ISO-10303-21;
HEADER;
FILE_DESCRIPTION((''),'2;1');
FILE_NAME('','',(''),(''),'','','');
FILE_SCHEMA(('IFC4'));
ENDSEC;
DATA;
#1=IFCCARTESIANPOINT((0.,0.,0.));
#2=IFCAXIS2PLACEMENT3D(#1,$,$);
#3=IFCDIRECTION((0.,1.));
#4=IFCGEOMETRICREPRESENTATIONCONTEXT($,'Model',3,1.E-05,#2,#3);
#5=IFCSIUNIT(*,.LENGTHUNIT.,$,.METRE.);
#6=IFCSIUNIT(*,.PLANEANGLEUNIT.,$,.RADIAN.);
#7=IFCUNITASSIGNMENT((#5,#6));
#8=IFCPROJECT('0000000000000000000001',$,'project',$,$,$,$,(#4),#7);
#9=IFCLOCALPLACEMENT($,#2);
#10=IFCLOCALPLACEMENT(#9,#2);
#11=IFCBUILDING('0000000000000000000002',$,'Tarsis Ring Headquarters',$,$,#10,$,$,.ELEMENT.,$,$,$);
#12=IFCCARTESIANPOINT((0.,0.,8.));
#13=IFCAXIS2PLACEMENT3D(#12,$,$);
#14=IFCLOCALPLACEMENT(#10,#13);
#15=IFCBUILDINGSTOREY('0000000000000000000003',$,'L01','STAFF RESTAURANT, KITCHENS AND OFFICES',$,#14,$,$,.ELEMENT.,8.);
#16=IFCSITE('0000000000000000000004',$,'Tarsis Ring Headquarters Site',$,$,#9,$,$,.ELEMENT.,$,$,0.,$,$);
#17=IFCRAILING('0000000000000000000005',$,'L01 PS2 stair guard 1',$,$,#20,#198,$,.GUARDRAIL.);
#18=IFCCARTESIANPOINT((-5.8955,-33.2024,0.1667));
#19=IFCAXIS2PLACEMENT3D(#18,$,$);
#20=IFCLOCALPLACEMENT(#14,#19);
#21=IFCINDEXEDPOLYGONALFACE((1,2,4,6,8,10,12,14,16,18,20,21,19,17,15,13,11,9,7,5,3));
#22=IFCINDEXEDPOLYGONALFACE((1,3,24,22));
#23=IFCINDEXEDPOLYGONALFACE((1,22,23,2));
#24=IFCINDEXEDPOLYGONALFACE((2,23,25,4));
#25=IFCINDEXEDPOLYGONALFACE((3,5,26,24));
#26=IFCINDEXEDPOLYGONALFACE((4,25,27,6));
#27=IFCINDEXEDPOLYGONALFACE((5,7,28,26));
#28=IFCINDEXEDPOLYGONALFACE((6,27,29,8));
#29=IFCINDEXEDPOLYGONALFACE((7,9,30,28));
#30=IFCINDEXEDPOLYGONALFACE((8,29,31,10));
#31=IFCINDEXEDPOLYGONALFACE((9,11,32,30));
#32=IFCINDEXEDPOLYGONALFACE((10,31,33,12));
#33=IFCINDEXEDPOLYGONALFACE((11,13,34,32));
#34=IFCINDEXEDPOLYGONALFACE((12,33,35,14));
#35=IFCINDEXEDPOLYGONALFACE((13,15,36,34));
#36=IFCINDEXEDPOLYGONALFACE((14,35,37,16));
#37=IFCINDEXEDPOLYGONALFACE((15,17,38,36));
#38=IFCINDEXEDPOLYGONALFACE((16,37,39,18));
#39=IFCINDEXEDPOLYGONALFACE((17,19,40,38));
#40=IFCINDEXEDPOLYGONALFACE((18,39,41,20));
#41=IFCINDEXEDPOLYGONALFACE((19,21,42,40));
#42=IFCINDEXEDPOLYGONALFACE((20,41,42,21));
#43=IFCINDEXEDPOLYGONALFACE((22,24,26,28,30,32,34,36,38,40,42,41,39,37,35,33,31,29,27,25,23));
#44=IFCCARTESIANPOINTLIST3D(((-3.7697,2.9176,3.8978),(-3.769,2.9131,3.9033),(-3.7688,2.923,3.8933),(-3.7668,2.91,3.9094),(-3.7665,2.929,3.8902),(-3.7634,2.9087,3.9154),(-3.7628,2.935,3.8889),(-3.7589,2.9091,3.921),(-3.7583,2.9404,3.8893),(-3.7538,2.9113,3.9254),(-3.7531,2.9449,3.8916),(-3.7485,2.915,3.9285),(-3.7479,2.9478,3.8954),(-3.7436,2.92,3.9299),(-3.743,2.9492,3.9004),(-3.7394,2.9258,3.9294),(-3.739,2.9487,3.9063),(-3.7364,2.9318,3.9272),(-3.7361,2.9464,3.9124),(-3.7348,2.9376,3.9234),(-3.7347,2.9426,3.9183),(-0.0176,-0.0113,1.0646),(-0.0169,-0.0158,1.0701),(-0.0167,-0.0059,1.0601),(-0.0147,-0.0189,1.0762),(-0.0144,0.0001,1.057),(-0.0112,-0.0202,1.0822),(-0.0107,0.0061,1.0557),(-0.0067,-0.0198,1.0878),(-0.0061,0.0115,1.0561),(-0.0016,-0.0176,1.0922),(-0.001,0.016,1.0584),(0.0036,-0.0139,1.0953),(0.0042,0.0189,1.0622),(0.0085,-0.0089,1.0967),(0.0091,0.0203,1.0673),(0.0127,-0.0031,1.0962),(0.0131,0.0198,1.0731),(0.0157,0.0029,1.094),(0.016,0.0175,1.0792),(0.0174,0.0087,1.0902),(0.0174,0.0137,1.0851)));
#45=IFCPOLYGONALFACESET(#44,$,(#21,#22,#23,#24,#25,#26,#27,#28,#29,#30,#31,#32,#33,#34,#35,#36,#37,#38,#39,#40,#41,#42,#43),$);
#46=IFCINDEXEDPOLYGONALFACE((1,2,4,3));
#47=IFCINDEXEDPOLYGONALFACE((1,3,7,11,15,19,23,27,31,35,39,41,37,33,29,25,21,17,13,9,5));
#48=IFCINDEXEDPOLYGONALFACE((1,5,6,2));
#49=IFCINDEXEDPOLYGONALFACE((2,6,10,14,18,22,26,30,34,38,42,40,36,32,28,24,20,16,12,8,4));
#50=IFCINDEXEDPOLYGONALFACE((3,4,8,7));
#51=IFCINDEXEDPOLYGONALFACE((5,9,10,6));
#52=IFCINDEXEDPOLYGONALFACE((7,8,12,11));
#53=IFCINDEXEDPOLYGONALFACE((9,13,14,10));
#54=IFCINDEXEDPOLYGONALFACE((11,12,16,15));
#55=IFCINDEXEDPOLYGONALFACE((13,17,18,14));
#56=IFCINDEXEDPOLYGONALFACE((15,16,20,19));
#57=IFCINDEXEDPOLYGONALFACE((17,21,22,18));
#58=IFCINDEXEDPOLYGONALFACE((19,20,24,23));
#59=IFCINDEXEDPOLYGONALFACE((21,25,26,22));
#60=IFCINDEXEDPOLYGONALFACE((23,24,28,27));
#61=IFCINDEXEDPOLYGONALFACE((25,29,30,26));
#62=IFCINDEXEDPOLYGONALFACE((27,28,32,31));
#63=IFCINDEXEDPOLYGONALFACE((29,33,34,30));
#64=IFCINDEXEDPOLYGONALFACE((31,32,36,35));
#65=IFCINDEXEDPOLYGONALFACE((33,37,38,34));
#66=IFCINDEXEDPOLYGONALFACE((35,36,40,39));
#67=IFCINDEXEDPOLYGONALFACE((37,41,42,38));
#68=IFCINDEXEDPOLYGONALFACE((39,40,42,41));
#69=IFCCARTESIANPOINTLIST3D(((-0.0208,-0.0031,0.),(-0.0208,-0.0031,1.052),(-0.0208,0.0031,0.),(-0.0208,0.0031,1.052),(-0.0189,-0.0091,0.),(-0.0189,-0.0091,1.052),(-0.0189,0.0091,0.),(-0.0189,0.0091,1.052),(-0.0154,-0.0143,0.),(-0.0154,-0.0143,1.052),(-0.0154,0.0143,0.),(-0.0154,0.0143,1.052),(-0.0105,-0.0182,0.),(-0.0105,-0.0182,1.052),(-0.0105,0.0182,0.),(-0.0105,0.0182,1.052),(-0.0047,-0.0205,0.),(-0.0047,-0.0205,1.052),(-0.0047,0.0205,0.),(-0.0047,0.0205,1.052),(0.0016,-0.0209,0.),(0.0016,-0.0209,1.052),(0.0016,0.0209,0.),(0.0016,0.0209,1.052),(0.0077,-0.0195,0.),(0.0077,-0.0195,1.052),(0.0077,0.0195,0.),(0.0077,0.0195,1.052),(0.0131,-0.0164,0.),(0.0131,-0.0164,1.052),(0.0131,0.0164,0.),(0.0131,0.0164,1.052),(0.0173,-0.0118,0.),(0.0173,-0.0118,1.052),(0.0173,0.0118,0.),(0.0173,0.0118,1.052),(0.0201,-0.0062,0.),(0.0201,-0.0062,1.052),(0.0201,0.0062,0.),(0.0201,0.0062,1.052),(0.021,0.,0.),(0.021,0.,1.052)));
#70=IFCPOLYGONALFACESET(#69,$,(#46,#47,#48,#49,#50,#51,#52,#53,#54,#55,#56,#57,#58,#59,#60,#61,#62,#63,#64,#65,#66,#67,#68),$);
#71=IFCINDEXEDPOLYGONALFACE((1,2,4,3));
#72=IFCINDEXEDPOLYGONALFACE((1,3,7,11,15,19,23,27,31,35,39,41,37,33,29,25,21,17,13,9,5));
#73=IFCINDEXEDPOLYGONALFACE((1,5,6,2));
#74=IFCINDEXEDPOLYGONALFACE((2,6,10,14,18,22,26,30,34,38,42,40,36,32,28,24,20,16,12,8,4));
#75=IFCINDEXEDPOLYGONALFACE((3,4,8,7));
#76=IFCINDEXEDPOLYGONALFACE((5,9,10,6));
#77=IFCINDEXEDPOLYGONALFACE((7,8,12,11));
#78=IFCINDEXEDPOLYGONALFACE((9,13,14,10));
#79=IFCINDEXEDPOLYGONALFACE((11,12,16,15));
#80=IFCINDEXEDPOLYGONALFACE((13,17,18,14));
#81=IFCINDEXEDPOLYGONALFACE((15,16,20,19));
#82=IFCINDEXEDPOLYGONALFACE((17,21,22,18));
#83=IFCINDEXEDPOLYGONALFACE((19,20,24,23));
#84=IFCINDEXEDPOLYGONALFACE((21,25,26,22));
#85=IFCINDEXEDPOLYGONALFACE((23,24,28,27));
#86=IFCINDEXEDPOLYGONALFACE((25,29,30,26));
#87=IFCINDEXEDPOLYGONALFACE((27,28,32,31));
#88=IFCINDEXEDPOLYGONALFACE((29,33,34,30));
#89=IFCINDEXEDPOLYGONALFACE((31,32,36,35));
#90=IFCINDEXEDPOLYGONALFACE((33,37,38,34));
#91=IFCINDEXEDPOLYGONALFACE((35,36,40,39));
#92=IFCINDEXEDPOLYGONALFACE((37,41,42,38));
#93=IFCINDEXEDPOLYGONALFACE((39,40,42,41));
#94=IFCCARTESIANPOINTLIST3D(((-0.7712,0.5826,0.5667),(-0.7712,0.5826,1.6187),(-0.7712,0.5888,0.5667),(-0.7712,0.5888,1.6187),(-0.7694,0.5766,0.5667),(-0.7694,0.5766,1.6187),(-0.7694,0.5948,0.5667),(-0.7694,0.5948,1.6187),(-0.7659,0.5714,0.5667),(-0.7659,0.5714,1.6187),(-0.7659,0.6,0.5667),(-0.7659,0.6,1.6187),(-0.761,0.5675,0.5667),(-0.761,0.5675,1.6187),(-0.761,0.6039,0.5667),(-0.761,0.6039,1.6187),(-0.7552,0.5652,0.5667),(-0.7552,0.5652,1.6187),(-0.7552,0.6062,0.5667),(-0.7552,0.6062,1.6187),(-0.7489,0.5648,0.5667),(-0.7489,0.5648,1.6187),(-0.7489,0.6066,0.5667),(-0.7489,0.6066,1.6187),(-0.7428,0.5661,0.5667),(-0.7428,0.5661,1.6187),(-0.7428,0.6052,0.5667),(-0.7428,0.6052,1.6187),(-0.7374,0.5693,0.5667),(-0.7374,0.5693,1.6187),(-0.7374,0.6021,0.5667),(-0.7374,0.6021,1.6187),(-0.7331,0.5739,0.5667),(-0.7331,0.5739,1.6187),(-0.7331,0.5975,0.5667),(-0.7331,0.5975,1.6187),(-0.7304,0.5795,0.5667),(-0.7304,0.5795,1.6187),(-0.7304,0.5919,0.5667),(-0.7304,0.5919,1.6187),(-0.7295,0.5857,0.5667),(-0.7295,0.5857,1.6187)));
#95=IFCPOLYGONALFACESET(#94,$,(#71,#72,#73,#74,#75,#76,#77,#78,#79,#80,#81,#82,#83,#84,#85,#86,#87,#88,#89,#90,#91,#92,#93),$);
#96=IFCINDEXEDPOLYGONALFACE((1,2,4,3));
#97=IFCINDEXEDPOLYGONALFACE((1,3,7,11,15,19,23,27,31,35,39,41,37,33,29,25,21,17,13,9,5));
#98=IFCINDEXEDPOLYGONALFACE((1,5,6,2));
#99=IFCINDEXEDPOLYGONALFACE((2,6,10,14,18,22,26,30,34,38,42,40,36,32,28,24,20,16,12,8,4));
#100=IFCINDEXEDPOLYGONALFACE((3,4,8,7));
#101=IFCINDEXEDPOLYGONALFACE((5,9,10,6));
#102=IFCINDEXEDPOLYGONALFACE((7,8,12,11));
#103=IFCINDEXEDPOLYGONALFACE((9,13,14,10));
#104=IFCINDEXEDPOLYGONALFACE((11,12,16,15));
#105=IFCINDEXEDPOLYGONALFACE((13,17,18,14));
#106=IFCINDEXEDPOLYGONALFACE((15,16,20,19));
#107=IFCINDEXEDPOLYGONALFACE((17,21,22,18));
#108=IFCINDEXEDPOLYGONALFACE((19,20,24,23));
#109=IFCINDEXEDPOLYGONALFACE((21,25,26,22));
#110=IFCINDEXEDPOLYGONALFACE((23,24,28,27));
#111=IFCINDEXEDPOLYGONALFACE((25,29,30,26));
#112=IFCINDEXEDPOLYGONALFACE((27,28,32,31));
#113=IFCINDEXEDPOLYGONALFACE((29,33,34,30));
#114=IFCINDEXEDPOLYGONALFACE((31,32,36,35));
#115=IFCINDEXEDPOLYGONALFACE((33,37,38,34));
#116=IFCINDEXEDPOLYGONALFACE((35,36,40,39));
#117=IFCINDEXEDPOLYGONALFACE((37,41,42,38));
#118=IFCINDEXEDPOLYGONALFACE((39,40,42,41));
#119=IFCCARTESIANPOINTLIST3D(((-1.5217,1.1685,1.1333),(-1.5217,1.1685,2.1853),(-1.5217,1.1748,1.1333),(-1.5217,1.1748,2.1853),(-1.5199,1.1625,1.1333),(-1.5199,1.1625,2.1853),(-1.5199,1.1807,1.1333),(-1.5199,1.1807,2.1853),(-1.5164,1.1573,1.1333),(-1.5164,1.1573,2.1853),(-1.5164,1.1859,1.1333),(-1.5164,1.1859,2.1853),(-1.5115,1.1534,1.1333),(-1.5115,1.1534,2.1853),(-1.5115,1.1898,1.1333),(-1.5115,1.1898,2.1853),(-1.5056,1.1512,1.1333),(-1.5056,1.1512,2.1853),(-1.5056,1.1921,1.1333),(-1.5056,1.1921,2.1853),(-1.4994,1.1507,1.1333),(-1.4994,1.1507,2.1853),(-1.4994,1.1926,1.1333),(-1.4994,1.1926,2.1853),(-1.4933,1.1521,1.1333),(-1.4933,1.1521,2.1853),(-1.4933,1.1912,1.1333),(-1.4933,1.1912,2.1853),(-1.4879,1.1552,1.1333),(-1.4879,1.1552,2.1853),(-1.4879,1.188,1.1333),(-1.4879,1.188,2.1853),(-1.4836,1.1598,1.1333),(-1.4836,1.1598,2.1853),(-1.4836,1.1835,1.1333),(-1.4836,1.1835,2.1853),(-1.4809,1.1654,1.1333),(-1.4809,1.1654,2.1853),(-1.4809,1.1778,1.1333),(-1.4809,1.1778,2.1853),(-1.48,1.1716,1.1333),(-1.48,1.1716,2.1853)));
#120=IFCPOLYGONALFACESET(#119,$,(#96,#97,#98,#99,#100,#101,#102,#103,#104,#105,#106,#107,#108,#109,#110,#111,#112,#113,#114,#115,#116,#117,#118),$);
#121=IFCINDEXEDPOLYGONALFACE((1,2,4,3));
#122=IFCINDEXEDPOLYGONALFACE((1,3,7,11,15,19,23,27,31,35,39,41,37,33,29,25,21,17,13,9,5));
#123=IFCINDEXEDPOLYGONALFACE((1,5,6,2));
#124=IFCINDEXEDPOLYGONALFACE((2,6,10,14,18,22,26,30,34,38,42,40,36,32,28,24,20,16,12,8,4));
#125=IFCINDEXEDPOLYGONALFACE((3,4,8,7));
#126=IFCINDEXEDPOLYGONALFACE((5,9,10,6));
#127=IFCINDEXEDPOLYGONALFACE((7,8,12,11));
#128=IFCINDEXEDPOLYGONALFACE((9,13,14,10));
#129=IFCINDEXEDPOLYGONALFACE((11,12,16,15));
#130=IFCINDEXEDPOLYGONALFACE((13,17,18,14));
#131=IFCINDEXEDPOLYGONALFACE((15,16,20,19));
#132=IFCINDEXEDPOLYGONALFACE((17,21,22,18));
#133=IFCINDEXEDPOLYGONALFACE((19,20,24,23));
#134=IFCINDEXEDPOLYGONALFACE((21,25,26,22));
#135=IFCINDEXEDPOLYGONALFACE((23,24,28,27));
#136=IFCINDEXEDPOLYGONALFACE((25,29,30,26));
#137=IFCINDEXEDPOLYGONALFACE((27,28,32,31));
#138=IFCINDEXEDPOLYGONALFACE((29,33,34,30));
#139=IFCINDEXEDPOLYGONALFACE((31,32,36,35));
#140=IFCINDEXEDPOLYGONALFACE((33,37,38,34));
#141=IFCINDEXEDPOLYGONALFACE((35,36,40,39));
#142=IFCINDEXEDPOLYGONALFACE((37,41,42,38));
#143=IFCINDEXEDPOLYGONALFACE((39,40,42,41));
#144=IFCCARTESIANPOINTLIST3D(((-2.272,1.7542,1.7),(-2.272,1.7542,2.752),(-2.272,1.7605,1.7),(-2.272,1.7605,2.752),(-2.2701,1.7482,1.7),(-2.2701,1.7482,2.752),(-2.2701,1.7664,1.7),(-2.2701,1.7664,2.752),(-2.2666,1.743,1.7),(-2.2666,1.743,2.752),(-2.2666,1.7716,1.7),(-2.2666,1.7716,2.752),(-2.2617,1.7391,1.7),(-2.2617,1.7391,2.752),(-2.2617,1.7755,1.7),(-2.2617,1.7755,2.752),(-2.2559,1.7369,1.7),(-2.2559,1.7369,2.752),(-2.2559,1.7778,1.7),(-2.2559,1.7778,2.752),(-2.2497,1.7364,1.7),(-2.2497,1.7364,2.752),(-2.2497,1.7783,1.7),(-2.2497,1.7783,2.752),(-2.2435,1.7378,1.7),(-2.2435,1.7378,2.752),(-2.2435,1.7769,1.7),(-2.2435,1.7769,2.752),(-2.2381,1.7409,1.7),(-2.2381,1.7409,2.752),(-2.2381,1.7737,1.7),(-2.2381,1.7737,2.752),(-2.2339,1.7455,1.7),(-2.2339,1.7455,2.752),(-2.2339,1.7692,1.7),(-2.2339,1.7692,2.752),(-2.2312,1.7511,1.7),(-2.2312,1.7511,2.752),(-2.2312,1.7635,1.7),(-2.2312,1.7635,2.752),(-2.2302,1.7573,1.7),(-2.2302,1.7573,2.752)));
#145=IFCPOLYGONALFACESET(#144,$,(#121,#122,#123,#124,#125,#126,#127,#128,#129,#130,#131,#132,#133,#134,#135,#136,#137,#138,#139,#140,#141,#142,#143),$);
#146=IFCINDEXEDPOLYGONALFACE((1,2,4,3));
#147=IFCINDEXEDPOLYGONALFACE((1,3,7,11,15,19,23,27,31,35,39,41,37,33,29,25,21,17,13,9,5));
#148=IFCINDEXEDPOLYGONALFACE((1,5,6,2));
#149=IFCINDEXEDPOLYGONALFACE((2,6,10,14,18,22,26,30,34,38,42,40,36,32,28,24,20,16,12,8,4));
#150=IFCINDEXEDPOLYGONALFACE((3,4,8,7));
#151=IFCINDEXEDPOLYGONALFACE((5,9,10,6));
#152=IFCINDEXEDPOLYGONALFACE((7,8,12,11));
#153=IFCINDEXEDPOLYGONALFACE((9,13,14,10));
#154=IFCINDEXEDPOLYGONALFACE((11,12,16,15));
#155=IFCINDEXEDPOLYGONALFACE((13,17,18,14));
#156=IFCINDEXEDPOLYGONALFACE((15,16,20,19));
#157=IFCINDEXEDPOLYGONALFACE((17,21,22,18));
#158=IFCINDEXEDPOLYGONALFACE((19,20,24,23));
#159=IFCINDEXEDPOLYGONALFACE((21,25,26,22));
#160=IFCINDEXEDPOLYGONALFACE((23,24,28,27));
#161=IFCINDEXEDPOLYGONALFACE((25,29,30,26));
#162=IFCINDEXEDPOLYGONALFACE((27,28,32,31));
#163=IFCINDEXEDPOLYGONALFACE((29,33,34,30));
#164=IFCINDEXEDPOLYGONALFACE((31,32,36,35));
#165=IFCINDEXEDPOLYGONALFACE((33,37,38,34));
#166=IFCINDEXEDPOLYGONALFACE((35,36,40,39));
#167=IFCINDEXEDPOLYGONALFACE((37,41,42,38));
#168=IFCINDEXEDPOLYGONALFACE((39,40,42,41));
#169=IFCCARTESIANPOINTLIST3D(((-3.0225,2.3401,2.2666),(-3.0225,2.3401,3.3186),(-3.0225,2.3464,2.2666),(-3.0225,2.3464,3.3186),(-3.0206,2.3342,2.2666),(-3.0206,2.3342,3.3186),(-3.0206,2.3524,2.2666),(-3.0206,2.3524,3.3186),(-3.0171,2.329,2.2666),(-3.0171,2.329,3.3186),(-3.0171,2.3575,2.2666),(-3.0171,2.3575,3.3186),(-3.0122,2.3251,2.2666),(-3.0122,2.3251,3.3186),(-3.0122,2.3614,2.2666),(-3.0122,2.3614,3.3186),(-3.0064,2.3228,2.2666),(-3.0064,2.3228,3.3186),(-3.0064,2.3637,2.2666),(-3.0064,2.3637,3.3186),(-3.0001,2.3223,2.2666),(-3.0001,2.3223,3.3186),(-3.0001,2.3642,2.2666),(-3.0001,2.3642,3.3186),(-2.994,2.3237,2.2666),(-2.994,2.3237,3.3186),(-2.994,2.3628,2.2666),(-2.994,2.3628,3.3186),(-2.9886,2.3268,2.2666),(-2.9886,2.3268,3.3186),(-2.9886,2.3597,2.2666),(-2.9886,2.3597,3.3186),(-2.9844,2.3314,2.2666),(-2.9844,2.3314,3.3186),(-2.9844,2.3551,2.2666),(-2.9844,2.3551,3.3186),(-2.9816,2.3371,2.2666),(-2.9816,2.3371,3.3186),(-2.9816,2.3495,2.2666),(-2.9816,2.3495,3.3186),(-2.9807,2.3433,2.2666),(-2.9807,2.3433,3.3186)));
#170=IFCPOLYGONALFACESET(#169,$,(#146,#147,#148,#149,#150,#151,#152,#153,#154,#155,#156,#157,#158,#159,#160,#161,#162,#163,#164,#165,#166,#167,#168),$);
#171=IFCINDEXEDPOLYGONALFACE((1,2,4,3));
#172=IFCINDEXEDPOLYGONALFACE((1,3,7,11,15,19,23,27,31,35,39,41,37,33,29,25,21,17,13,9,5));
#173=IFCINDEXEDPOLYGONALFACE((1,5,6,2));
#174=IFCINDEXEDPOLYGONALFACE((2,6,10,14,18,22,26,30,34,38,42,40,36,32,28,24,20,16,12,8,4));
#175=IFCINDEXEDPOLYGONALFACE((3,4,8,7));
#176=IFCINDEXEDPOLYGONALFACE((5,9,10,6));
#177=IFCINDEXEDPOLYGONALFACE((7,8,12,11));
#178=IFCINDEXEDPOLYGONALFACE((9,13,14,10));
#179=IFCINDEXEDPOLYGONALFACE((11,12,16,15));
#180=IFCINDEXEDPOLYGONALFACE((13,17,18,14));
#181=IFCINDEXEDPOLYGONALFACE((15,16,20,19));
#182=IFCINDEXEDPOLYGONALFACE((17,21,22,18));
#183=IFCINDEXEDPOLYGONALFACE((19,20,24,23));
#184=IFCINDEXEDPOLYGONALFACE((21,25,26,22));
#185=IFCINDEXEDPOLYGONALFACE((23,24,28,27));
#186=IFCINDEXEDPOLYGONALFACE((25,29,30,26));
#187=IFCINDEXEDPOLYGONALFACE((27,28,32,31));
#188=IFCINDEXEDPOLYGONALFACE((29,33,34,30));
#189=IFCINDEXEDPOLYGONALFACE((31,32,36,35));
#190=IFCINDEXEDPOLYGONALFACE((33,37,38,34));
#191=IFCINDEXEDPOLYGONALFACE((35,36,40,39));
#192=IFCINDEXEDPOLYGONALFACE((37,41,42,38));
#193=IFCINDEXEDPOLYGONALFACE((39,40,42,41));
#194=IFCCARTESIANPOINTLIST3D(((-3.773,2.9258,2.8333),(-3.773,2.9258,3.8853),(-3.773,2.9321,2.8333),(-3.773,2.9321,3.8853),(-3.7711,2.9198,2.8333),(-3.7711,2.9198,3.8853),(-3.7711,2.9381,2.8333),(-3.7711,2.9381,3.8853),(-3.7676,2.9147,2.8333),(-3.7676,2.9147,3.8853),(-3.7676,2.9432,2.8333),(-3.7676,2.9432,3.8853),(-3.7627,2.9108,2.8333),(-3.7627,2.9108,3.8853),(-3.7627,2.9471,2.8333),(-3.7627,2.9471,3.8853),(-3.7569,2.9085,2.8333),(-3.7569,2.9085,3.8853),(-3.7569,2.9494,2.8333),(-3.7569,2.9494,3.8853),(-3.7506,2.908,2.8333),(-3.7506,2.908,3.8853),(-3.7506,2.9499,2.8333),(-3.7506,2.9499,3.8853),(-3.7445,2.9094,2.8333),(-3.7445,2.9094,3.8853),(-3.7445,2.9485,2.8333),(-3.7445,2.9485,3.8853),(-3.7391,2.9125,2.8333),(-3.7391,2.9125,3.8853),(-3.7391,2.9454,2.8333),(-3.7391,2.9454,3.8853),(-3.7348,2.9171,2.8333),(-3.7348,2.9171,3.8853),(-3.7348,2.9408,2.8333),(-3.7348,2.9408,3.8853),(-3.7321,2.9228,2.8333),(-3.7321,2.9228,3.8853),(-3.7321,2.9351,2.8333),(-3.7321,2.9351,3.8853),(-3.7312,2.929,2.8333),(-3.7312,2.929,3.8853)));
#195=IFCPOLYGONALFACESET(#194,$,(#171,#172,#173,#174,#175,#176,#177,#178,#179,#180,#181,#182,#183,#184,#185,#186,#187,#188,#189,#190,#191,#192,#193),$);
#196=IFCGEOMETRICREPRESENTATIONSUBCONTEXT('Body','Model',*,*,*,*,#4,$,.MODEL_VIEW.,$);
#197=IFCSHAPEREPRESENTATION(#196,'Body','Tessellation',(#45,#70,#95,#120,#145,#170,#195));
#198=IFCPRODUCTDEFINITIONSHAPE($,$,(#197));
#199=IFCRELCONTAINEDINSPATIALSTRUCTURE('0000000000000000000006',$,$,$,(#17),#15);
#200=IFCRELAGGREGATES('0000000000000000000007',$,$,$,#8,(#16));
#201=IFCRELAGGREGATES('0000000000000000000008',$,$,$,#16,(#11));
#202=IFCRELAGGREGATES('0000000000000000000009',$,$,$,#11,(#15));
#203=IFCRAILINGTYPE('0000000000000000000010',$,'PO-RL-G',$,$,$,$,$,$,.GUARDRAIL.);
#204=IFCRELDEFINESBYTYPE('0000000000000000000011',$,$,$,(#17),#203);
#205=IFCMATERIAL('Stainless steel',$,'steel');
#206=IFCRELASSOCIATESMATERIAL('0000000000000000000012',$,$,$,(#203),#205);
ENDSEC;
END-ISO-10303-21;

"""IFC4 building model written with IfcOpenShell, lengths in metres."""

from ifc_helpers import new_model, si_unit, direction, frame, origin, origin_2d, place, context, subcontext, project, spatial, circle, extrude, material, type_object, element, save


model = new_model("IFC4")

# Units and contexts
model_context = context("Model", 3, precision=1e-05, world=origin(), true_north=direction((0.0, 1.0)))
body_context = subcontext(model_context, "Body", "Model", "MODEL_VIEW")
ifc_project = project(units=[si_unit("LENGTHUNIT", "METRE"), si_unit("PLANEANGLEUNIT", "RADIAN")], contexts=[model_context])

# Site, building, storey
site_placement = place(None, origin())
site = spatial("IfcSite", under=ifc_project, at=site_placement, Name="Tarsis Ring Headquarters Site", CompositionType="ELEMENT", RefElevation=0.0)
building_placement = place(site_placement, origin())
building = spatial("IfcBuilding", under=site, at=building_placement, Name="Tarsis Ring Headquarters", CompositionType="ELEMENT")
storey_placement = place(building_placement, frame((0.0, 0.0, 8.0)))
storey = spatial("IfcBuildingStorey", under=building, at=storey_placement, Name="L01", Description="STAFF RESTAURANT, KITCHENS AND OFFICES", CompositionType="ELEMENT", Elevation=8.0)

# Railing
ifc_material_1 = material(Name="Stainless steel", Category="steel")
railing_type_1 = type_object("IfcRailingType", Name="PO-RL-G", PredefinedType="GUARDRAIL", material=ifc_material_1)
railing_1_placement = place(storey_placement, frame((-5.8955, -33.2024, 0.1667)))
element("IfcRailing", 1, at=railing_1_placement, inside=storey, type_object=railing_type_1, Name="L01 PS2 stair guard 1", PredefinedType="GUARDRAIL", context=body_context, shape_type="SweptSolid", body=[
    extrude(circle(Radius=0.0239, at=origin_2d()), frame((0.0, 0.0, 1.0762), z_axis=(-0.677364, 0.528748, 0.511472), x_axis=(-0.615324, -0.788274, 0.0)), (0.0, 0.0, 1.0), 5.5393),
    extrude(circle(Radius=0.021, at=origin_2d()), origin(), (0.0, 0.0, 1.0), 1.052),
    extrude(circle(Radius=0.021, at=origin_2d()), frame((-0.7505, 0.5857, 0.5667)), (0.0, 0.0, 1.0), 1.052),
    extrude(circle(Radius=0.021, at=origin_2d()), frame((-1.501, 1.1716, 1.1333)), (0.0, 0.0, 1.0), 1.052),
    extrude(circle(Radius=0.021, at=origin_2d()), frame((-2.2512, 1.7573, 1.7)), (0.0, 0.0, 1.0), 1.052),
    extrude(circle(Radius=0.021, at=origin_2d()), frame((-3.0017, 2.3433, 2.2666)), (0.0, 0.0, 1.0), 1.052),
    extrude(circle(Radius=0.021, at=origin_2d()), frame((-3.7522, 2.929, 2.8333)), (0.0, 0.0, 1.0), 1.052),
])

save(model, "model.ifc")
